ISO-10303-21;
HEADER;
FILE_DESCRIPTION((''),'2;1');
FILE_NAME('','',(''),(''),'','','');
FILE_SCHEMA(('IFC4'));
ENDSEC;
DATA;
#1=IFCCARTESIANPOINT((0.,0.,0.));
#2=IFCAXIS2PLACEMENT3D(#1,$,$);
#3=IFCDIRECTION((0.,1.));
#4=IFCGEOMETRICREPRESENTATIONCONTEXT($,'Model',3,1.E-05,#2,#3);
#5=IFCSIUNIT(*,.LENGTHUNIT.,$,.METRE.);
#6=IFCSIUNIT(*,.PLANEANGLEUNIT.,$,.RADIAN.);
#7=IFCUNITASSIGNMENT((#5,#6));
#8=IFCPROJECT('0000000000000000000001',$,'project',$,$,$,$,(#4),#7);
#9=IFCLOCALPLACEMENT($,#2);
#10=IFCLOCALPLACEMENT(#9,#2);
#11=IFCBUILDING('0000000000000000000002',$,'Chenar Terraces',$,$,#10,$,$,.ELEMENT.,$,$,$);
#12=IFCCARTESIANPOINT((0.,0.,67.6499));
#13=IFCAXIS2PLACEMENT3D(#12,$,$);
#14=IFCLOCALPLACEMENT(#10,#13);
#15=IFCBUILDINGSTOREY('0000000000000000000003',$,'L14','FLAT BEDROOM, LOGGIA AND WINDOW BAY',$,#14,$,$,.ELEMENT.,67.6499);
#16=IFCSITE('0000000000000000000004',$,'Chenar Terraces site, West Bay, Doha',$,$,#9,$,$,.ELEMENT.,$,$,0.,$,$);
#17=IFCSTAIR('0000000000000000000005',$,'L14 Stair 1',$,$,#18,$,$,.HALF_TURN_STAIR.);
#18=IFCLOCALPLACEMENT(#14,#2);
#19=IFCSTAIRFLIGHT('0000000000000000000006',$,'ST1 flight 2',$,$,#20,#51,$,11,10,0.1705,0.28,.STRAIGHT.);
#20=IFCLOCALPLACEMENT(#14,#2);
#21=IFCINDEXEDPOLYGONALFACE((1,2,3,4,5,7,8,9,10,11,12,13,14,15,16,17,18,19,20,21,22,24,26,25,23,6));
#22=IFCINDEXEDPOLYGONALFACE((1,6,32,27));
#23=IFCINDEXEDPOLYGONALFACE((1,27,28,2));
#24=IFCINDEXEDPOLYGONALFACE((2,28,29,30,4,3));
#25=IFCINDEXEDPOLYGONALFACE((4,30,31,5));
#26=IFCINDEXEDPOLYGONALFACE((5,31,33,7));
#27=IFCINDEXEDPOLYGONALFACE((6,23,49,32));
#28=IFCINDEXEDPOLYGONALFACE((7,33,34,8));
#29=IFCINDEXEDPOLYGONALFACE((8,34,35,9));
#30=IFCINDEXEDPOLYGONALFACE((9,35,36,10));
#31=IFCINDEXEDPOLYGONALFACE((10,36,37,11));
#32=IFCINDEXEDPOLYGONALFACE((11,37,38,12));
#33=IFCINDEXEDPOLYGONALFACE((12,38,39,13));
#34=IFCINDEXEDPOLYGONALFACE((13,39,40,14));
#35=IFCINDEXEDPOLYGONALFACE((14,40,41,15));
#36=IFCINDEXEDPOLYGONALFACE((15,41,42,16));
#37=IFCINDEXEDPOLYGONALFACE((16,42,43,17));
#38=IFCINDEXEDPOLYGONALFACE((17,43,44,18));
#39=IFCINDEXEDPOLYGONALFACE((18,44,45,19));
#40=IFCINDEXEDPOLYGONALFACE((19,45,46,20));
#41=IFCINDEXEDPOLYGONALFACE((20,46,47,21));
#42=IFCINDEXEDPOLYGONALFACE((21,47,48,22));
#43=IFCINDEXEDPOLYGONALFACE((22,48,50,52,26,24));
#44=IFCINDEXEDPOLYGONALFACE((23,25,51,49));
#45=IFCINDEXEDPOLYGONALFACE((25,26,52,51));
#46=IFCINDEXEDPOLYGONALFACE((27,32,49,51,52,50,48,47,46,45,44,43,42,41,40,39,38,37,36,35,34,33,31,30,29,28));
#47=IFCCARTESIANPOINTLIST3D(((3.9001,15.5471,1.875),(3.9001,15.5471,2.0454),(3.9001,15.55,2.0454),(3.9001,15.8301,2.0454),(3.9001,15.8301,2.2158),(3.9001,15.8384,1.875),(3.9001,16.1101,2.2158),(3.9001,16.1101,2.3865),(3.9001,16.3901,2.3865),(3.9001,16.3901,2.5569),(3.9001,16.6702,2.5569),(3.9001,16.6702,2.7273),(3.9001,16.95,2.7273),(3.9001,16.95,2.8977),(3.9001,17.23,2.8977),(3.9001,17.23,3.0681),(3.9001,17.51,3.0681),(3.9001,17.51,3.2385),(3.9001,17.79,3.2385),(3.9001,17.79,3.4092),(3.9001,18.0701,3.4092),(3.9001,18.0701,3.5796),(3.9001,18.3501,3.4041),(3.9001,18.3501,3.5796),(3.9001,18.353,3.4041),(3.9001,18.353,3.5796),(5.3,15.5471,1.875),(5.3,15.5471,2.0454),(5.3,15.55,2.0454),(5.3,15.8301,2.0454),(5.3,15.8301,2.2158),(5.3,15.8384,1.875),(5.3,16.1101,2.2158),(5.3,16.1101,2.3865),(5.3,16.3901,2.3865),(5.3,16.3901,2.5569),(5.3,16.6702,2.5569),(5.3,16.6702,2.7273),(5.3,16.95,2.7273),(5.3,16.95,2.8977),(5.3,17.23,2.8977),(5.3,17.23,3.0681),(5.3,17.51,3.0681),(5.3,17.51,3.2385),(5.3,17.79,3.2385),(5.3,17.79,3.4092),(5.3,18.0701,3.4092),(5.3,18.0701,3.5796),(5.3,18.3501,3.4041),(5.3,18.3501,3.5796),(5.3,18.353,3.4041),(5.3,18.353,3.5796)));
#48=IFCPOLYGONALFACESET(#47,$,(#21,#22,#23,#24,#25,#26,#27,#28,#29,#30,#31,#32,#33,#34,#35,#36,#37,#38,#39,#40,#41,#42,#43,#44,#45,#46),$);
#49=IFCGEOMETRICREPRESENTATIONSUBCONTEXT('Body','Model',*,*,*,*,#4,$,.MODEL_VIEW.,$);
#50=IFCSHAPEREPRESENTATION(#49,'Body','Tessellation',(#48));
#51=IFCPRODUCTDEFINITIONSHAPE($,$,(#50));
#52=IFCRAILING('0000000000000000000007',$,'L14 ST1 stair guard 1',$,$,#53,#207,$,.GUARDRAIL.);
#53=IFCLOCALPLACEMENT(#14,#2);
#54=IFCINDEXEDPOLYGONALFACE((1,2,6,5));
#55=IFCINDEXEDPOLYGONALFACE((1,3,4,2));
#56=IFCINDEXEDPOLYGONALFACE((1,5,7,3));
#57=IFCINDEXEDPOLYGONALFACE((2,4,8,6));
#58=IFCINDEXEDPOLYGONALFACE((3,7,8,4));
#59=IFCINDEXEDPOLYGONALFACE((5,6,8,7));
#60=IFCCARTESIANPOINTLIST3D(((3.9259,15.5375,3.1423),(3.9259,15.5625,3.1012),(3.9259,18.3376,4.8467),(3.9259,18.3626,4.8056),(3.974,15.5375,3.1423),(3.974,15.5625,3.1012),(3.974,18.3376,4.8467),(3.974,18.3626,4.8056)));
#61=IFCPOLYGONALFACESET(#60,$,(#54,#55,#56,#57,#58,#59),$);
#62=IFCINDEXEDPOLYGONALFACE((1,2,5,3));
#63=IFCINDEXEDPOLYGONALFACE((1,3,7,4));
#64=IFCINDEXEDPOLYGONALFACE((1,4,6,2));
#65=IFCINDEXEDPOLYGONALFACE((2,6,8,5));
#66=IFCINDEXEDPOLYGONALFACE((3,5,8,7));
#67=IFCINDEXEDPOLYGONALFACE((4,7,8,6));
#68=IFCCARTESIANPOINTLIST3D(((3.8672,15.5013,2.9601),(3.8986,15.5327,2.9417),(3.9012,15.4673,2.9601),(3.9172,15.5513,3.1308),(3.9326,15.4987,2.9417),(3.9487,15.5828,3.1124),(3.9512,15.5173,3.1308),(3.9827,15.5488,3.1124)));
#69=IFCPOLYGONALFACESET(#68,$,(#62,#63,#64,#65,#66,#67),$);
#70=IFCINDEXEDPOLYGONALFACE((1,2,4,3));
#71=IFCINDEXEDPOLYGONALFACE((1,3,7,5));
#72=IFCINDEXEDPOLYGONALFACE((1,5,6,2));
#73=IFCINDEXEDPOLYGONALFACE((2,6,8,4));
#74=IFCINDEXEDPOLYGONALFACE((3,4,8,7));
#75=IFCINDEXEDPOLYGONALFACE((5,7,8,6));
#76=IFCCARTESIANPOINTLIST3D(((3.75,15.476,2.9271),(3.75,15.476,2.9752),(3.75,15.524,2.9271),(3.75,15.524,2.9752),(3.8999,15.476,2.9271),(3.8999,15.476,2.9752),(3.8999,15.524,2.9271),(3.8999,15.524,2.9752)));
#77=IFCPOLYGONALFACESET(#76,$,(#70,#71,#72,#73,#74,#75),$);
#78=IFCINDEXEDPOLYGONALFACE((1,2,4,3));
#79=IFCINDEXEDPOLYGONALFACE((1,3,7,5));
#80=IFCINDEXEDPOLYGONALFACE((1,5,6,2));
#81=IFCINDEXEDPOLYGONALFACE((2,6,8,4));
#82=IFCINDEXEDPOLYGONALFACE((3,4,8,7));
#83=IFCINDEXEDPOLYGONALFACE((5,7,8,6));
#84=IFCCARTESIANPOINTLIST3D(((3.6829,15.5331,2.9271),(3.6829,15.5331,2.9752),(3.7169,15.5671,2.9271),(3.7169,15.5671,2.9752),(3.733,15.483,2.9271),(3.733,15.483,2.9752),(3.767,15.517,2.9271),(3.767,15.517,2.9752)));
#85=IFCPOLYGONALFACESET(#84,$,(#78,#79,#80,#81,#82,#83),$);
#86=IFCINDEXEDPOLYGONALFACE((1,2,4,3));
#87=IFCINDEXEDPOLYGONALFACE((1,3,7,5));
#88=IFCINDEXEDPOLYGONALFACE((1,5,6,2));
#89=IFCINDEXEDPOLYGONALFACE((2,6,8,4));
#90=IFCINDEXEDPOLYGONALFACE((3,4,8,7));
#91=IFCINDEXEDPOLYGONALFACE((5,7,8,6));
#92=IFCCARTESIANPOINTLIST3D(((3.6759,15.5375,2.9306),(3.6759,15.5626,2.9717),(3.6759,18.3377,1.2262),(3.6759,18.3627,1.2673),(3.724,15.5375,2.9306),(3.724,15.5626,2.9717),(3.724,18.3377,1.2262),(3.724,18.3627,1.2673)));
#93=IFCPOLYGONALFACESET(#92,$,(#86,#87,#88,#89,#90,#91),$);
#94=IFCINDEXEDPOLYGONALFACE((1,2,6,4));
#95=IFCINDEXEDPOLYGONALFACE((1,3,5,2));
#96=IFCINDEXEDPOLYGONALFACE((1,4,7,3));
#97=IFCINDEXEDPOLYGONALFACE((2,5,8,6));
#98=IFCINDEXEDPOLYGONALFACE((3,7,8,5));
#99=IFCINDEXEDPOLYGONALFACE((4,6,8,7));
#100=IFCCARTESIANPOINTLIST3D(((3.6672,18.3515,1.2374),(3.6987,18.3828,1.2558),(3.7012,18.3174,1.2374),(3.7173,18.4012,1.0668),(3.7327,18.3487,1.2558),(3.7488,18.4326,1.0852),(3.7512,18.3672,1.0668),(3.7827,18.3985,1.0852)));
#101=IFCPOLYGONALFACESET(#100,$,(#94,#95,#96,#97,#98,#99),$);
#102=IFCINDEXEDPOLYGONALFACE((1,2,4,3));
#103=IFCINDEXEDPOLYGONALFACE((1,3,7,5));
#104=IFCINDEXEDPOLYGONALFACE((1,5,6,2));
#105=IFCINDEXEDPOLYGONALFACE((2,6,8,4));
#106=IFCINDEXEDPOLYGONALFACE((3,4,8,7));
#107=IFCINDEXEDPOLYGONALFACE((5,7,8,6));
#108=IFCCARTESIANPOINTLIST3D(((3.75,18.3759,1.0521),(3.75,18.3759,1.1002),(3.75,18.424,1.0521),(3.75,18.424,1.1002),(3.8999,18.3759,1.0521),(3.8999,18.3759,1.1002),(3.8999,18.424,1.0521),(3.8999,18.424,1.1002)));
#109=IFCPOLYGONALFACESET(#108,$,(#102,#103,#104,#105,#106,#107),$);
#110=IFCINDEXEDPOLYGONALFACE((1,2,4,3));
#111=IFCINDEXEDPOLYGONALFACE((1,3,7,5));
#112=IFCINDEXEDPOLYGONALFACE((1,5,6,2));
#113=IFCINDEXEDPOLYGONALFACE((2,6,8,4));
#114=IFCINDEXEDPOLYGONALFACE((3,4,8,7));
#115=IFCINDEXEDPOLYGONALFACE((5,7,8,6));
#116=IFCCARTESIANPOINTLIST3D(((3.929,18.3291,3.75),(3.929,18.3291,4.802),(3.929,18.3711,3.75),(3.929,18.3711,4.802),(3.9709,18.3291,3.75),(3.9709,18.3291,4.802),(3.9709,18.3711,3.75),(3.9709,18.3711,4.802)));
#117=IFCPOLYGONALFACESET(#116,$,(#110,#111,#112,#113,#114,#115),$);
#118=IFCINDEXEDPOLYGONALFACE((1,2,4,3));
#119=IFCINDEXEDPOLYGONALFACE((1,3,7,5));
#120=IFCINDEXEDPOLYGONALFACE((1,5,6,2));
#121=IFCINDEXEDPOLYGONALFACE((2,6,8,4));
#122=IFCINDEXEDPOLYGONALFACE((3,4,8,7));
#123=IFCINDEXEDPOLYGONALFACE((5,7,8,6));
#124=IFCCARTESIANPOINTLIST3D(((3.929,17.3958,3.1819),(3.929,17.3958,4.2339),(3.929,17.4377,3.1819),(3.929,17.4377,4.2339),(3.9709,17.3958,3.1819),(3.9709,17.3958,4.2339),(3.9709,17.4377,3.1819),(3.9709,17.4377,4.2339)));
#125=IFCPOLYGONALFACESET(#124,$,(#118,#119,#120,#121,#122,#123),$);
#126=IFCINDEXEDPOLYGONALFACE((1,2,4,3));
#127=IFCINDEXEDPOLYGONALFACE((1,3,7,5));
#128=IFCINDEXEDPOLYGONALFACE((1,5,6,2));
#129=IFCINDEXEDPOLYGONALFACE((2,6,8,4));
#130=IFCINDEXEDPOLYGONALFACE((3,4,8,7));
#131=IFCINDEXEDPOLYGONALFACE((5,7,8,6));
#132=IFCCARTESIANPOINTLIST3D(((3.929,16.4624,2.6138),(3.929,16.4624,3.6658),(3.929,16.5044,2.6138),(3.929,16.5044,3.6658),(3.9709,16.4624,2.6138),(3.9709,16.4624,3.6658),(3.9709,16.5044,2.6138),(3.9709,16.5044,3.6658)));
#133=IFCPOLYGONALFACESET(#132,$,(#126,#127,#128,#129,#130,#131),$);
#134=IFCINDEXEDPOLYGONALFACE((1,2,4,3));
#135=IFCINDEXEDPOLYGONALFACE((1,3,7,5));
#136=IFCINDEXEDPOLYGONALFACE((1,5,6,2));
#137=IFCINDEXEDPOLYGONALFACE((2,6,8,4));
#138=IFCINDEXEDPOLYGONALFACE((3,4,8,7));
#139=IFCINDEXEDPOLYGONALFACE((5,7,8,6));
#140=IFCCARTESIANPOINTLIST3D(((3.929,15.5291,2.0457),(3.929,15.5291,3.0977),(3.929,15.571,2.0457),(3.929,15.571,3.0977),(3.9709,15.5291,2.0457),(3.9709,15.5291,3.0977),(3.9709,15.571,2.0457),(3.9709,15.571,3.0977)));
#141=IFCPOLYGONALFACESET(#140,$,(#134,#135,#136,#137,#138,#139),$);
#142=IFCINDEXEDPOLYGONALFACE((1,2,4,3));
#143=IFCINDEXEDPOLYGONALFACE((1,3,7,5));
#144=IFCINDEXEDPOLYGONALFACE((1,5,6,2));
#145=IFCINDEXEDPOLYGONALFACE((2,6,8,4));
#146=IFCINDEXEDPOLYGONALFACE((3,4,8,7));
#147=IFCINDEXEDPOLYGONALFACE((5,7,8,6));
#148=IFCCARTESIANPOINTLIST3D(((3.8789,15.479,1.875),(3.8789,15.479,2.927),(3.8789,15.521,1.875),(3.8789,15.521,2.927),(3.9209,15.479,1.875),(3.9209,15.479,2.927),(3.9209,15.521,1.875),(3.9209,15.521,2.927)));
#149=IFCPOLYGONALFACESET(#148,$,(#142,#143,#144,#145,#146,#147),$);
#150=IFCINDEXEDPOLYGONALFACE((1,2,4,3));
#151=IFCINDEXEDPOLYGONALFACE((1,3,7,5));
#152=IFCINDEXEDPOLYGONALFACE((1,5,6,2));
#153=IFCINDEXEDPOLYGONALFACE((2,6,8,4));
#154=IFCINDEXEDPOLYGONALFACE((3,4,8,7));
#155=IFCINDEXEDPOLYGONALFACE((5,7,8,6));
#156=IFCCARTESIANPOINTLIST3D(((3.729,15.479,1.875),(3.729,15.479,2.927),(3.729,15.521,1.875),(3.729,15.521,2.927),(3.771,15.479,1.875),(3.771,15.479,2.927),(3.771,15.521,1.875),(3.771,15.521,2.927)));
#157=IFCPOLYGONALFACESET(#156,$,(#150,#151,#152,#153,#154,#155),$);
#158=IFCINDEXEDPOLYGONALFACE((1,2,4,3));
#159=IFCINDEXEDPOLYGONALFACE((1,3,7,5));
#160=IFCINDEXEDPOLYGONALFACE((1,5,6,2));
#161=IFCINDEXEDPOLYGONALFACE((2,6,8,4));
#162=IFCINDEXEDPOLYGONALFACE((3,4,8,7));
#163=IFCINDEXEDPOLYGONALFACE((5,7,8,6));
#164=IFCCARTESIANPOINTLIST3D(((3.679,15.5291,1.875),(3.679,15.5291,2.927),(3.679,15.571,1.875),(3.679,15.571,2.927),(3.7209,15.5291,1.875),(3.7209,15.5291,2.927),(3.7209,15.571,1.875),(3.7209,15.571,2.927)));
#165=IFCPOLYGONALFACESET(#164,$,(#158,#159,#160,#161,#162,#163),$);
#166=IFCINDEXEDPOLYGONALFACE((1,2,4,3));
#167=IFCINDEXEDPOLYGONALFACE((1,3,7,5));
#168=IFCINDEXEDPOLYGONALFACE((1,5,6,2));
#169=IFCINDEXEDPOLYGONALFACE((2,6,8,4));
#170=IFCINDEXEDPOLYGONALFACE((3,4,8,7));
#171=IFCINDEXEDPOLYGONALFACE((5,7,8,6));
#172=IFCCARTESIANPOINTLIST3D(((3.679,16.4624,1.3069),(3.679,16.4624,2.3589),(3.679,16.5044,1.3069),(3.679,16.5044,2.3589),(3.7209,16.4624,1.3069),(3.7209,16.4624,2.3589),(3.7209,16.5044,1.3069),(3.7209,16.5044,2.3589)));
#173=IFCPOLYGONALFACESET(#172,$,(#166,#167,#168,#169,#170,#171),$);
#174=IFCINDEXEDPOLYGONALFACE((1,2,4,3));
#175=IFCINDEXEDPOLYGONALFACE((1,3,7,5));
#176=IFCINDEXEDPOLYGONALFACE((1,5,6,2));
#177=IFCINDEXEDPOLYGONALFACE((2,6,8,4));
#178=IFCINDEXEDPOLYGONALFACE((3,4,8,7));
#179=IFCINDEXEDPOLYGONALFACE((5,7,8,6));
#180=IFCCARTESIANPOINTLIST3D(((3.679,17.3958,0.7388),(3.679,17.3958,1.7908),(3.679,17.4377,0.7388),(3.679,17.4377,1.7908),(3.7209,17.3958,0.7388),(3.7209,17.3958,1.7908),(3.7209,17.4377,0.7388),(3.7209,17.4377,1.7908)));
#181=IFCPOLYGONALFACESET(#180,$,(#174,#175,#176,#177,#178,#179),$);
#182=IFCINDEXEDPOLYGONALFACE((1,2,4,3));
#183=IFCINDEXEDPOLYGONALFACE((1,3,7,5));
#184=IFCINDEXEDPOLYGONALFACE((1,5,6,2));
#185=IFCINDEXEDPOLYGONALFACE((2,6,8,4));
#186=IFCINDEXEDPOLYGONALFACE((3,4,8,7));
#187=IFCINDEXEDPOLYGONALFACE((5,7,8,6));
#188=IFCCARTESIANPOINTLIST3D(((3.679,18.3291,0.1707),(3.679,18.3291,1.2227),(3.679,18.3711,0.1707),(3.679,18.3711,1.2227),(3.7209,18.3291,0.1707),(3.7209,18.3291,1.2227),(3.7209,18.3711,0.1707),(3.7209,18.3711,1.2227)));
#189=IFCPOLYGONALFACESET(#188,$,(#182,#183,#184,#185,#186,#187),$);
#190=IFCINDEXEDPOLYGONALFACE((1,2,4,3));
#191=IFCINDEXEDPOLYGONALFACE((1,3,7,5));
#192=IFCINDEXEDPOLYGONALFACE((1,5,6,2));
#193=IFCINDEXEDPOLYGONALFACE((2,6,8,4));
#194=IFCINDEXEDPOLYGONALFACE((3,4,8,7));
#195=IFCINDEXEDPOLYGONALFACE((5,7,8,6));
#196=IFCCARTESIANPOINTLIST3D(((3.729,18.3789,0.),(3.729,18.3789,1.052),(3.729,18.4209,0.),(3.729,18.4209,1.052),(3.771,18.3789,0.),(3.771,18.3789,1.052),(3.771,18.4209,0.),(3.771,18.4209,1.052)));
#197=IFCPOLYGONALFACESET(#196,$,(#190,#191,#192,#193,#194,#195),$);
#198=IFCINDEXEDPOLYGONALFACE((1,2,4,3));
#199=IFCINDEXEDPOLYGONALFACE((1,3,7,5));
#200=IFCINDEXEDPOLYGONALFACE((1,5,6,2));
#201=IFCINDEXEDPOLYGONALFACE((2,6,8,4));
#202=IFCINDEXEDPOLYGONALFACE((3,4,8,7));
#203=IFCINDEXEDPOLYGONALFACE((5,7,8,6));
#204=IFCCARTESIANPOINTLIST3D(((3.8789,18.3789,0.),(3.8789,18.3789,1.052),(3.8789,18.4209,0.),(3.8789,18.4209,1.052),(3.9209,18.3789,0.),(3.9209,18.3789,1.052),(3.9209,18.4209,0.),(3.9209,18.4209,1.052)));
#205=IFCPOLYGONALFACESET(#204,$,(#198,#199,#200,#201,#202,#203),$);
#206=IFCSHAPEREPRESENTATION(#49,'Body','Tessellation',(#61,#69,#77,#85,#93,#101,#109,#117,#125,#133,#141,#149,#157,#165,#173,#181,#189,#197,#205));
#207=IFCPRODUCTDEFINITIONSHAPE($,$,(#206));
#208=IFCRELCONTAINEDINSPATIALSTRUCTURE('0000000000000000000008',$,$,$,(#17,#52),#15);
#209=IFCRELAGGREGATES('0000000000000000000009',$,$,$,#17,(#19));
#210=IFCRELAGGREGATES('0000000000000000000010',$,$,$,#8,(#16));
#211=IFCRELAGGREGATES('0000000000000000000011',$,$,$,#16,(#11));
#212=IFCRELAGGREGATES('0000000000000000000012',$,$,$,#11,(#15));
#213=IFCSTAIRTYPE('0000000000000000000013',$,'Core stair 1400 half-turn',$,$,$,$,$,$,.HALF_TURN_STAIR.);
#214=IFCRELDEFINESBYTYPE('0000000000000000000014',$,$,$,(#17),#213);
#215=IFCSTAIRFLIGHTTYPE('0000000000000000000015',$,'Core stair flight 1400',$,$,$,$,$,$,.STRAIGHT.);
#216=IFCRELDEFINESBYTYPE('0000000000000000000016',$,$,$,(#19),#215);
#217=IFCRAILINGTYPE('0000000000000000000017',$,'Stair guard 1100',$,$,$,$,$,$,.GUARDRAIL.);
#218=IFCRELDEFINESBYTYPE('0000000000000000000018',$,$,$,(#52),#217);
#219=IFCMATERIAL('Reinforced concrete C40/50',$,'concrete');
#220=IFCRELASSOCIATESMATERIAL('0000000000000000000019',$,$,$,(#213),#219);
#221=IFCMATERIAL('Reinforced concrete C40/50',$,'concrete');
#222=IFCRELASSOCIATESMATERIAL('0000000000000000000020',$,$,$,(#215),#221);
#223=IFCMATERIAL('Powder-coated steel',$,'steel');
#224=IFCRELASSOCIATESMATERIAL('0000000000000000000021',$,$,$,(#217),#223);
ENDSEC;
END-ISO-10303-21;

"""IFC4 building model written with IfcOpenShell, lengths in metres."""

from ifc_helpers import new_model, si_unit, direction, frame, origin, origin_2d, place, context, subcontext, project, spatial, polyline, rectangle, outline, extrude, material, type_object, element, aggregate, save


model = new_model("IFC4")

# Units and contexts
model_context = context("Model", 3, precision=1e-05, world=origin(), true_north=direction((0.0, 1.0)))
body_context = subcontext(model_context, "Body", "Model", "MODEL_VIEW")
ifc_project = project(units=[si_unit("LENGTHUNIT", "METRE"), si_unit("PLANEANGLEUNIT", "RADIAN")], contexts=[model_context])

# Site, building, storey
site_placement = place(None, origin())
site = spatial("IfcSite", under=ifc_project, at=site_placement, Name="Chenar Terraces site, West Bay, Doha", CompositionType="ELEMENT", RefElevation=0.0)
building_placement = place(site_placement, origin())
building = spatial("IfcBuilding", under=site, at=building_placement, Name="Chenar Terraces", CompositionType="ELEMENT")
storey_placement = place(building_placement, frame((0.0, 0.0, 67.6499)))
storey = spatial("IfcBuildingStorey", under=building, at=storey_placement, Name="L14", Description="FLAT BEDROOM, LOGGIA AND WINDOW BAY", CompositionType="ELEMENT", Elevation=67.6499)

# Stair, stair flight
ifc_material_1 = material(Name="Reinforced concrete C40/50", Category="concrete")
stair_type = type_object("IfcStairType", Name="Core stair 1400 half-turn", PredefinedType="HALF_TURN_STAIR", material=ifc_material_1)
stair_placement = place(storey_placement, origin())
stair = element("IfcStair", 1, at=stair_placement, inside=storey, type_object=stair_type, Name="L14 Stair 1", PredefinedType="HALF_TURN_STAIR")
ifc_material_2 = material(Name="Reinforced concrete C40/50", Category="concrete")
stair_flight_type = type_object("IfcStairFlightType", Name="Core stair flight 1400", PredefinedType="STRAIGHT", material=ifc_material_2)
stair_flight_1_placement = place(storey_placement, frame((4.6001, 15.55, 1.875), z_axis=(0.0, 0.0, 1.0), x_axis=(0.0, 1.0, 0.0)))
stair_flight_1 = element("IfcStairFlight", 2, at=stair_flight_1_placement, type_object=stair_flight_type, Name="ST1 flight 2", NumberOfRisers=11, NumberOfTreads=10, PredefinedType="STRAIGHT", RiserHeight=0.1705, TreadLength=0.28, context=body_context, shape_type="SweptSolid", body=[
    extrude(outline(polyline([(-0.0029, 0.0), (-0.0029, 0.1704), (0.0, 0.1704), (0.28, 0.1704), (0.28, 0.3408), (0.5601, 0.3408), (0.5601, 0.5115), (0.8401, 0.5115), (0.8401, 0.6819), (1.1201, 0.6819), (1.1201, 0.8523), (1.3999, 0.8523), (1.3999, 1.0227), (1.6799, 1.0227), (1.6799, 1.1931), (1.96, 1.1931), (1.96, 1.3635), (2.24, 1.3635), (2.24, 1.5342), (2.52, 1.5342), (2.52, 1.7046), (2.8, 1.7046), (2.803, 1.7046), (2.803, 1.5291), (2.8, 1.5291), (0.2883, 0.0), (-0.0029, 0.0)])), frame((0.0, 0.7, 0.0), z_axis=(0.0, -1.0, 0.0), x_axis=(1.0, 0.0, 0.0)), (0.0, 0.0, 1.0), 1.3999),
])
aggregate(stair, [stair_flight_1])

# Railing
ifc_material_3 = material(Name="Powder-coated steel", Category="steel")
railing_type_1 = type_object("IfcRailingType", Name="Stair guard 1100", PredefinedType="GUARDRAIL", material=ifc_material_3)
railing_1_placement = place(storey_placement, frame((3.95, 18.3501, 3.75)))
element("IfcRailing", 3, at=railing_1_placement, inside=storey, type_object=railing_type_1, Name="L14 ST1 stair guard 1", PredefinedType="GUARDRAIL", context=body_context, shape_type="SweptSolid", body=[
    extrude(rectangle(XDim=0.0481, YDim=0.0481, at=origin_2d()), frame((0.0, 0.0, 1.0762), z_axis=(0.0, -0.854203, -0.51994), x_axis=(1.0, 0.0, 0.0)), (0.0, 0.0, 1.0), 3.2781),
    extrude(rectangle(XDim=0.0481, YDim=0.0481, at=origin_2d()), frame((0.0, -2.8, -0.6284), z_axis=(-0.2709, -0.2709, -0.923703), x_axis=(0.707107, -0.707107, 0.0)), (0.0, 0.0, 1.0), 0.1848),
    extrude(rectangle(XDim=0.0481, YDim=0.0481, at=origin_2d()), frame((-0.05, -2.8501, -0.7988), z_axis=(-1.0, 0.0, 0.0), x_axis=(0.0, -1.0, 0.0)), (0.0, 0.0, 1.0), 0.1499),
    extrude(rectangle(XDim=0.0481, YDim=0.0481, at=origin_2d()), frame((-0.2, -2.8501, -0.7988), z_axis=(-0.707107, 0.707107, 0.0), x_axis=(-0.707107, -0.707107, 0.0)), (0.0, 0.0, 1.0), 0.0708),
    extrude(rectangle(XDim=0.0481, YDim=0.0481, at=origin_2d()), frame((-0.25, -2.8, -0.7988), z_axis=(0.0, 0.854203, -0.51994), x_axis=(-1.0, 0.0, 0.0)), (0.0, 0.0, 1.0), 3.2781),
    extrude(rectangle(XDim=0.0481, YDim=0.0481, at=origin_2d()), frame((-0.25, 0.0, -2.5034), z_axis=(0.270997, 0.269675, -0.924033), x_axis=(-0.705376, 0.708834, 0.0)), (0.0, 0.0, 1.0), 0.1846),
    extrude(rectangle(XDim=0.0481, YDim=0.0481, at=origin_2d()), frame((-0.2, 0.0498, -2.6738), z_axis=(1.0, 0.0, 0.0), x_axis=(0.0, 1.0, 0.0)), (0.0, 0.0, 1.0), 0.1499),
    extrude(rectangle(XDim=0.042, YDim=0.042, at=origin_2d()), origin(), (0.0, 0.0, 1.0), 1.052),
    extrude(rectangle(XDim=0.042, YDim=0.042, at=origin_2d()), frame((0.0, -0.9333, -0.5681)), (0.0, 0.0, 1.0), 1.052),
    extrude(rectangle(XDim=0.042, YDim=0.042, at=origin_2d()), frame((0.0, -1.8667, -1.1362)), (0.0, 0.0, 1.0), 1.052),
    extrude(rectangle(XDim=0.042, YDim=0.042, at=origin_2d()), frame((0.0, -2.8, -1.7043)), (0.0, 0.0, 1.0), 1.052),
    extrude(rectangle(XDim=0.042, YDim=0.042, at=origin_2d()), frame((-0.05, -2.8501, -1.875)), (0.0, 0.0, 1.0), 1.052),
    extrude(rectangle(XDim=0.042, YDim=0.042, at=origin_2d()), frame((-0.2, -2.8501, -1.875)), (0.0, 0.0, 1.0), 1.052),
    extrude(rectangle(XDim=0.042, YDim=0.042, at=origin_2d()), frame((-0.25, -2.8, -1.875)), (0.0, 0.0, 1.0), 1.052),
    extrude(rectangle(XDim=0.042, YDim=0.042, at=origin_2d()), frame((-0.25, -1.8667, -2.4431)), (0.0, 0.0, 1.0), 1.052),
    extrude(rectangle(XDim=0.042, YDim=0.042, at=origin_2d()), frame((-0.25, -0.9333, -3.0112)), (0.0, 0.0, 1.0), 1.052),
    extrude(rectangle(XDim=0.042, YDim=0.042, at=origin_2d()), frame((-0.25, 0.0, -3.5793)), (0.0, 0.0, 1.0), 1.052),
    extrude(rectangle(XDim=0.042, YDim=0.042, at=origin_2d()), frame((-0.2, 0.0498, -3.75)), (0.0, 0.0, 1.0), 1.052),
    extrude(rectangle(XDim=0.042, YDim=0.042, at=origin_2d()), frame((-0.05, 0.0498, -3.75)), (0.0, 0.0, 1.0), 1.052),
])

save(model, "model.ifc")
